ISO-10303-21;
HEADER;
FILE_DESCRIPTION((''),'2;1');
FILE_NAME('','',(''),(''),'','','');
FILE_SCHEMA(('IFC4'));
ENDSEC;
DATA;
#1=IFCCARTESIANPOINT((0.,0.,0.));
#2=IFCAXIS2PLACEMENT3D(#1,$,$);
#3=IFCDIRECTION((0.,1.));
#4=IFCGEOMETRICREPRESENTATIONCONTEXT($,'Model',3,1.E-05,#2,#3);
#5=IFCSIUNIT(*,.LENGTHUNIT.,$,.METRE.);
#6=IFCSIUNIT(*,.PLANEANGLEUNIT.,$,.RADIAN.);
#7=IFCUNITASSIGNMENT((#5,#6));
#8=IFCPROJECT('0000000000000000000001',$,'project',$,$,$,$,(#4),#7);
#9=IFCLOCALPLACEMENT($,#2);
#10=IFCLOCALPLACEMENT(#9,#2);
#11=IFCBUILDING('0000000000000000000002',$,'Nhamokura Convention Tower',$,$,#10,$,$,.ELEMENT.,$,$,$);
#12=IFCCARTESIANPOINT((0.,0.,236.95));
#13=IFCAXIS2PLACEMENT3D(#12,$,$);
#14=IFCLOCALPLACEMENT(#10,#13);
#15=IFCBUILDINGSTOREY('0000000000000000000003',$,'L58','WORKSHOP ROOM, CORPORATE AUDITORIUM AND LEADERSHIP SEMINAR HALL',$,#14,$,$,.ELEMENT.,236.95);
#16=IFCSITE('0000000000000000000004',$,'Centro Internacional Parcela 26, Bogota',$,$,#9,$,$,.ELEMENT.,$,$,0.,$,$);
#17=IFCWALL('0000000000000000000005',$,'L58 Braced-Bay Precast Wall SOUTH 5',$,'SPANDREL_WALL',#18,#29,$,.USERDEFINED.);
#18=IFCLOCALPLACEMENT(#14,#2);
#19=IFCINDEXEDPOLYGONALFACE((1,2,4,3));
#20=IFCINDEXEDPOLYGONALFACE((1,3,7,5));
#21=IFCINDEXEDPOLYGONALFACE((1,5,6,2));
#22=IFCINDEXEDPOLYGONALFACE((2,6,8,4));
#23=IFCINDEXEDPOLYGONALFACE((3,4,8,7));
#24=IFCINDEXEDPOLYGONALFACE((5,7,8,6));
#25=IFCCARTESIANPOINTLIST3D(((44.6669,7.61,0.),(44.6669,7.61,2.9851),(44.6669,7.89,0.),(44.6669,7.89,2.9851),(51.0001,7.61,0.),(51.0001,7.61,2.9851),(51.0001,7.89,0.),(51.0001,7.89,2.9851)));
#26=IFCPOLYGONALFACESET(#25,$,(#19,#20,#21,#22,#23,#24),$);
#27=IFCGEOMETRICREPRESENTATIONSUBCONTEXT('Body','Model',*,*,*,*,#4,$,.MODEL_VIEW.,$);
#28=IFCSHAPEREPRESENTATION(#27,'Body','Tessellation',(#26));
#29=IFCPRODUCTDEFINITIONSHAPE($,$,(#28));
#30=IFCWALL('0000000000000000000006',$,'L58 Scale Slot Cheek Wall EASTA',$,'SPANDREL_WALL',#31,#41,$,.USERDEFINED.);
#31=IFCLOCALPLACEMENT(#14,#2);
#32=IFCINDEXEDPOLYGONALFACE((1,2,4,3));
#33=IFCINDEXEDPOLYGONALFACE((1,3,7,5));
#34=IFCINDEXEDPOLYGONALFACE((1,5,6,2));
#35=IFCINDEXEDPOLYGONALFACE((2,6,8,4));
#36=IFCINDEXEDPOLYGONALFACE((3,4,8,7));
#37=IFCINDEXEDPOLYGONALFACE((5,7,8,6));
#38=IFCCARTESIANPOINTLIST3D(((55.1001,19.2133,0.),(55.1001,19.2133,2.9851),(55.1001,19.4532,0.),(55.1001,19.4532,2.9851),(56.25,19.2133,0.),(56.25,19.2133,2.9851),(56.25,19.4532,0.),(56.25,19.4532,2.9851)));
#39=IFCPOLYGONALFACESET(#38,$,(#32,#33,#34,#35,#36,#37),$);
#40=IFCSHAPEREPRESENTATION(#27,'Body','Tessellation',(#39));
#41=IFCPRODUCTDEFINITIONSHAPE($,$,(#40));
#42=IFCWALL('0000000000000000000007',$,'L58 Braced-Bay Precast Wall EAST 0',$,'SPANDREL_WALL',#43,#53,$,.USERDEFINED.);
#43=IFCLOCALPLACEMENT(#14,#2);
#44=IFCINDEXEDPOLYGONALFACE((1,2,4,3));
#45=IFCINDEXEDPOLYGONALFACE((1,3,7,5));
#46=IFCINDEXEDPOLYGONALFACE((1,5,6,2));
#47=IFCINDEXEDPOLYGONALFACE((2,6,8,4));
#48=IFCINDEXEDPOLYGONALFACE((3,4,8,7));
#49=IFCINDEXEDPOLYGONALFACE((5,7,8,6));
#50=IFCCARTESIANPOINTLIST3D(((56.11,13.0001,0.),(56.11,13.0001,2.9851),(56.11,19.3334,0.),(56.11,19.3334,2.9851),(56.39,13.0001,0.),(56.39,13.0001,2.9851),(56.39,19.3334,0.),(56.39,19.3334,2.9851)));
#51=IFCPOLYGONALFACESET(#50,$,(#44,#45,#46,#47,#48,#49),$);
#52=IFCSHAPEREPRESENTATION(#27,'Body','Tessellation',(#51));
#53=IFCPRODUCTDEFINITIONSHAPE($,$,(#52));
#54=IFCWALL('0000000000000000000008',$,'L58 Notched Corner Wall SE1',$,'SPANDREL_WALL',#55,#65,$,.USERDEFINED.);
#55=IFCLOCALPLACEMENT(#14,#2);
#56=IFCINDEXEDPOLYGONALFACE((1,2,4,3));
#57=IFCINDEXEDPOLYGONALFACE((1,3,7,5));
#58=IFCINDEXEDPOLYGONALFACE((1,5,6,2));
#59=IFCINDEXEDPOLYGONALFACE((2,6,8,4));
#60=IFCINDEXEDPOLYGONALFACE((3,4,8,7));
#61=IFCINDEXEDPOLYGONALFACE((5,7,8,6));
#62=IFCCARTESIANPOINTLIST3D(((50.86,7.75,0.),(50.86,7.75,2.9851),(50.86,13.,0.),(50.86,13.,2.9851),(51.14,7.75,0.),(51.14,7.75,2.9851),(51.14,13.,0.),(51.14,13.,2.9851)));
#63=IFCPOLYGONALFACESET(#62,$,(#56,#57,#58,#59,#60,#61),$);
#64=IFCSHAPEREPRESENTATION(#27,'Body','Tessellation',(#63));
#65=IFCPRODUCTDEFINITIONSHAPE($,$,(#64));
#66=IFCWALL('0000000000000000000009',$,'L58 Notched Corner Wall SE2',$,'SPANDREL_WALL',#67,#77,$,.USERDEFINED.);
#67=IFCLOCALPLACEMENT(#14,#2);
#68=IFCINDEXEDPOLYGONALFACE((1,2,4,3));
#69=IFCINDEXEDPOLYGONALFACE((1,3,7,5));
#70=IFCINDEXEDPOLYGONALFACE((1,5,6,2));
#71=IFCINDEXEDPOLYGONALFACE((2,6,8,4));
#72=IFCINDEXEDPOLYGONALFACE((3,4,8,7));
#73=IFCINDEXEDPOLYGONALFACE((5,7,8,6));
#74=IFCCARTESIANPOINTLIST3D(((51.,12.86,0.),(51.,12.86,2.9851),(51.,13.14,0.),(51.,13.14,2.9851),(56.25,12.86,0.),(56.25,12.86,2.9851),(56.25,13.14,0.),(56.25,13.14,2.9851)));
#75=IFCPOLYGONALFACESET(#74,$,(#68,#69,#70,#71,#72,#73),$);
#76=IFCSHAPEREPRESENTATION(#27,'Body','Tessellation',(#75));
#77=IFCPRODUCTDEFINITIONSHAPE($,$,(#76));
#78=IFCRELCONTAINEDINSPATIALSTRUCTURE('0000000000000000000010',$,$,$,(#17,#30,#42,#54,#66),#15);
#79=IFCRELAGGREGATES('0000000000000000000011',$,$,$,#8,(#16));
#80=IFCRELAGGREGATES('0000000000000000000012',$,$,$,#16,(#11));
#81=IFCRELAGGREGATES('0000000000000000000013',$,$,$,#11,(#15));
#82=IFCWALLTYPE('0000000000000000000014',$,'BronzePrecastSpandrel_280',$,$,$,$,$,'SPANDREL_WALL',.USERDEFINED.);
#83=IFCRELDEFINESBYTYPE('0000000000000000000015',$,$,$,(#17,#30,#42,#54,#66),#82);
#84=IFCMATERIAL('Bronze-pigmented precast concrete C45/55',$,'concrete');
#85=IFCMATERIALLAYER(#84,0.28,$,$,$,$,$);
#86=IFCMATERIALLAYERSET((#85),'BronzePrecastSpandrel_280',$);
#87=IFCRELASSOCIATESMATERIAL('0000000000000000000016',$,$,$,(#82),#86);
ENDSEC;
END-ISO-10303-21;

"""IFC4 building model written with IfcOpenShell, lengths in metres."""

from ifc_helpers import new_model, si_unit, direction, frame, frame_2d, origin, place, context, subcontext, project, spatial, rectangle, extrude, material, layer, layer_set, type_object, element, save


model = new_model("IFC4")

# Units and contexts
model_context = context("Model", 3, precision=1e-05, world=origin(), true_north=direction((0.0, 1.0)))
body_context = subcontext(model_context, "Body", "Model", "MODEL_VIEW")
ifc_project = project(units=[si_unit("LENGTHUNIT", "METRE"), si_unit("PLANEANGLEUNIT", "RADIAN")], contexts=[model_context])

# Site, building, storey
site_placement = place(None, origin())
site = spatial("IfcSite", under=ifc_project, at=site_placement, Name="Centro Internacional Parcela 26, Bogota", CompositionType="ELEMENT", RefElevation=0.0)
building_placement = place(site_placement, origin())
building = spatial("IfcBuilding", under=site, at=building_placement, Name="Nhamokura Convention Tower", CompositionType="ELEMENT")
storey_placement = place(building_placement, frame((0.0, 0.0, 236.95)))
storey = spatial("IfcBuildingStorey", under=building, at=storey_placement, Name="L58", Description="WORKSHOP ROOM, CORPORATE AUDITORIUM AND LEADERSHIP SEMINAR HALL", CompositionType="ELEMENT", Elevation=236.95)

# Walls
ifc_material_1 = material(Name="Bronze-pigmented precast concrete C45/55", Category="concrete")
ifc_layer_1 = layer(ifc_material_1, 0.28)
ifc_layer_set_1 = layer_set([ifc_layer_1], Name="BronzePrecastSpandrel_280")
wall_type = type_object("IfcWallType", Name="BronzePrecastSpandrel_280", ElementType="SPANDREL_WALL", PredefinedType="USERDEFINED", material=ifc_layer_set_1)
wall_1_placement = place(storey_placement, frame((51.0, 7.75, 0.0), z_axis=(0.0, 0.0, 1.0), x_axis=(-1.0, 0.0, 0.0)))
element("IfcWall", 1, at=wall_1_placement, inside=storey, type_object=wall_type, Name="L58 Braced-Bay Precast Wall SOUTH 5", ObjectType="SPANDREL_WALL", PredefinedType="USERDEFINED", context=body_context, shape_type="SweptSolid", body=[
    extrude(rectangle(XDim=6.3333, YDim=0.28, at=frame_2d((3.1665, 0.0))), origin(), (0.0, 0.0, 1.0), 2.9851),
])
wall_2_placement = place(storey_placement, frame((56.25, 19.3333, 0.0), z_axis=(0.0, 0.0, 1.0), x_axis=(-1.0, 0.0, 0.0)))
element("IfcWall", 2, at=wall_2_placement, inside=storey, type_object=wall_type, Name="L58 Scale Slot Cheek Wall EASTA", ObjectType="SPANDREL_WALL", PredefinedType="USERDEFINED", context=body_context, shape_type="SweptSolid", body=[
    extrude(rectangle(XDim=1.1499, YDim=0.24, at=frame_2d((0.575, 0.0))), origin(), (0.0, 0.0, 1.0), 2.9851),
])
wall_3_placement = place(storey_placement, frame((56.25, 19.3333, 0.0), z_axis=(0.0, 0.0, 1.0), x_axis=(0.0, -1.0, 0.0)))
element("IfcWall", 3, at=wall_3_placement, inside=storey, type_object=wall_type, Name="L58 Braced-Bay Precast Wall EAST 0", ObjectType="SPANDREL_WALL", PredefinedType="USERDEFINED", context=body_context, shape_type="SweptSolid", body=[
    extrude(rectangle(XDim=6.3333, YDim=0.28, at=frame_2d((3.1665, 0.0))), origin(), (0.0, 0.0, 1.0), 2.9851),
])
for number, where, z_axis, x_axis, name in (
    (4, (51.0, 13.0, 0.0), (0.0, 0.0, 1.0), (0.0, -1.0, 0.0), "L58 Notched Corner Wall SE1"),
    (5, (56.25, 13.0, 0.0), (0.0, 0.0, 1.0), (-1.0, 0.0, 0.0), "L58 Notched Corner Wall SE2"),
):
    element("IfcWall", number, at=place(storey_placement, frame(where, z_axis=z_axis, x_axis=x_axis)), inside=storey, type_object=wall_type, Name=name, ObjectType="SPANDREL_WALL", PredefinedType="USERDEFINED", context=body_context, shape_type="SweptSolid", body=[
        extrude(rectangle(XDim=5.25, YDim=0.28, at=frame_2d((2.625, 0.0))), origin(), (0.0, 0.0, 1.0), 2.9851),
    ])

save(model, "model.ifc")
